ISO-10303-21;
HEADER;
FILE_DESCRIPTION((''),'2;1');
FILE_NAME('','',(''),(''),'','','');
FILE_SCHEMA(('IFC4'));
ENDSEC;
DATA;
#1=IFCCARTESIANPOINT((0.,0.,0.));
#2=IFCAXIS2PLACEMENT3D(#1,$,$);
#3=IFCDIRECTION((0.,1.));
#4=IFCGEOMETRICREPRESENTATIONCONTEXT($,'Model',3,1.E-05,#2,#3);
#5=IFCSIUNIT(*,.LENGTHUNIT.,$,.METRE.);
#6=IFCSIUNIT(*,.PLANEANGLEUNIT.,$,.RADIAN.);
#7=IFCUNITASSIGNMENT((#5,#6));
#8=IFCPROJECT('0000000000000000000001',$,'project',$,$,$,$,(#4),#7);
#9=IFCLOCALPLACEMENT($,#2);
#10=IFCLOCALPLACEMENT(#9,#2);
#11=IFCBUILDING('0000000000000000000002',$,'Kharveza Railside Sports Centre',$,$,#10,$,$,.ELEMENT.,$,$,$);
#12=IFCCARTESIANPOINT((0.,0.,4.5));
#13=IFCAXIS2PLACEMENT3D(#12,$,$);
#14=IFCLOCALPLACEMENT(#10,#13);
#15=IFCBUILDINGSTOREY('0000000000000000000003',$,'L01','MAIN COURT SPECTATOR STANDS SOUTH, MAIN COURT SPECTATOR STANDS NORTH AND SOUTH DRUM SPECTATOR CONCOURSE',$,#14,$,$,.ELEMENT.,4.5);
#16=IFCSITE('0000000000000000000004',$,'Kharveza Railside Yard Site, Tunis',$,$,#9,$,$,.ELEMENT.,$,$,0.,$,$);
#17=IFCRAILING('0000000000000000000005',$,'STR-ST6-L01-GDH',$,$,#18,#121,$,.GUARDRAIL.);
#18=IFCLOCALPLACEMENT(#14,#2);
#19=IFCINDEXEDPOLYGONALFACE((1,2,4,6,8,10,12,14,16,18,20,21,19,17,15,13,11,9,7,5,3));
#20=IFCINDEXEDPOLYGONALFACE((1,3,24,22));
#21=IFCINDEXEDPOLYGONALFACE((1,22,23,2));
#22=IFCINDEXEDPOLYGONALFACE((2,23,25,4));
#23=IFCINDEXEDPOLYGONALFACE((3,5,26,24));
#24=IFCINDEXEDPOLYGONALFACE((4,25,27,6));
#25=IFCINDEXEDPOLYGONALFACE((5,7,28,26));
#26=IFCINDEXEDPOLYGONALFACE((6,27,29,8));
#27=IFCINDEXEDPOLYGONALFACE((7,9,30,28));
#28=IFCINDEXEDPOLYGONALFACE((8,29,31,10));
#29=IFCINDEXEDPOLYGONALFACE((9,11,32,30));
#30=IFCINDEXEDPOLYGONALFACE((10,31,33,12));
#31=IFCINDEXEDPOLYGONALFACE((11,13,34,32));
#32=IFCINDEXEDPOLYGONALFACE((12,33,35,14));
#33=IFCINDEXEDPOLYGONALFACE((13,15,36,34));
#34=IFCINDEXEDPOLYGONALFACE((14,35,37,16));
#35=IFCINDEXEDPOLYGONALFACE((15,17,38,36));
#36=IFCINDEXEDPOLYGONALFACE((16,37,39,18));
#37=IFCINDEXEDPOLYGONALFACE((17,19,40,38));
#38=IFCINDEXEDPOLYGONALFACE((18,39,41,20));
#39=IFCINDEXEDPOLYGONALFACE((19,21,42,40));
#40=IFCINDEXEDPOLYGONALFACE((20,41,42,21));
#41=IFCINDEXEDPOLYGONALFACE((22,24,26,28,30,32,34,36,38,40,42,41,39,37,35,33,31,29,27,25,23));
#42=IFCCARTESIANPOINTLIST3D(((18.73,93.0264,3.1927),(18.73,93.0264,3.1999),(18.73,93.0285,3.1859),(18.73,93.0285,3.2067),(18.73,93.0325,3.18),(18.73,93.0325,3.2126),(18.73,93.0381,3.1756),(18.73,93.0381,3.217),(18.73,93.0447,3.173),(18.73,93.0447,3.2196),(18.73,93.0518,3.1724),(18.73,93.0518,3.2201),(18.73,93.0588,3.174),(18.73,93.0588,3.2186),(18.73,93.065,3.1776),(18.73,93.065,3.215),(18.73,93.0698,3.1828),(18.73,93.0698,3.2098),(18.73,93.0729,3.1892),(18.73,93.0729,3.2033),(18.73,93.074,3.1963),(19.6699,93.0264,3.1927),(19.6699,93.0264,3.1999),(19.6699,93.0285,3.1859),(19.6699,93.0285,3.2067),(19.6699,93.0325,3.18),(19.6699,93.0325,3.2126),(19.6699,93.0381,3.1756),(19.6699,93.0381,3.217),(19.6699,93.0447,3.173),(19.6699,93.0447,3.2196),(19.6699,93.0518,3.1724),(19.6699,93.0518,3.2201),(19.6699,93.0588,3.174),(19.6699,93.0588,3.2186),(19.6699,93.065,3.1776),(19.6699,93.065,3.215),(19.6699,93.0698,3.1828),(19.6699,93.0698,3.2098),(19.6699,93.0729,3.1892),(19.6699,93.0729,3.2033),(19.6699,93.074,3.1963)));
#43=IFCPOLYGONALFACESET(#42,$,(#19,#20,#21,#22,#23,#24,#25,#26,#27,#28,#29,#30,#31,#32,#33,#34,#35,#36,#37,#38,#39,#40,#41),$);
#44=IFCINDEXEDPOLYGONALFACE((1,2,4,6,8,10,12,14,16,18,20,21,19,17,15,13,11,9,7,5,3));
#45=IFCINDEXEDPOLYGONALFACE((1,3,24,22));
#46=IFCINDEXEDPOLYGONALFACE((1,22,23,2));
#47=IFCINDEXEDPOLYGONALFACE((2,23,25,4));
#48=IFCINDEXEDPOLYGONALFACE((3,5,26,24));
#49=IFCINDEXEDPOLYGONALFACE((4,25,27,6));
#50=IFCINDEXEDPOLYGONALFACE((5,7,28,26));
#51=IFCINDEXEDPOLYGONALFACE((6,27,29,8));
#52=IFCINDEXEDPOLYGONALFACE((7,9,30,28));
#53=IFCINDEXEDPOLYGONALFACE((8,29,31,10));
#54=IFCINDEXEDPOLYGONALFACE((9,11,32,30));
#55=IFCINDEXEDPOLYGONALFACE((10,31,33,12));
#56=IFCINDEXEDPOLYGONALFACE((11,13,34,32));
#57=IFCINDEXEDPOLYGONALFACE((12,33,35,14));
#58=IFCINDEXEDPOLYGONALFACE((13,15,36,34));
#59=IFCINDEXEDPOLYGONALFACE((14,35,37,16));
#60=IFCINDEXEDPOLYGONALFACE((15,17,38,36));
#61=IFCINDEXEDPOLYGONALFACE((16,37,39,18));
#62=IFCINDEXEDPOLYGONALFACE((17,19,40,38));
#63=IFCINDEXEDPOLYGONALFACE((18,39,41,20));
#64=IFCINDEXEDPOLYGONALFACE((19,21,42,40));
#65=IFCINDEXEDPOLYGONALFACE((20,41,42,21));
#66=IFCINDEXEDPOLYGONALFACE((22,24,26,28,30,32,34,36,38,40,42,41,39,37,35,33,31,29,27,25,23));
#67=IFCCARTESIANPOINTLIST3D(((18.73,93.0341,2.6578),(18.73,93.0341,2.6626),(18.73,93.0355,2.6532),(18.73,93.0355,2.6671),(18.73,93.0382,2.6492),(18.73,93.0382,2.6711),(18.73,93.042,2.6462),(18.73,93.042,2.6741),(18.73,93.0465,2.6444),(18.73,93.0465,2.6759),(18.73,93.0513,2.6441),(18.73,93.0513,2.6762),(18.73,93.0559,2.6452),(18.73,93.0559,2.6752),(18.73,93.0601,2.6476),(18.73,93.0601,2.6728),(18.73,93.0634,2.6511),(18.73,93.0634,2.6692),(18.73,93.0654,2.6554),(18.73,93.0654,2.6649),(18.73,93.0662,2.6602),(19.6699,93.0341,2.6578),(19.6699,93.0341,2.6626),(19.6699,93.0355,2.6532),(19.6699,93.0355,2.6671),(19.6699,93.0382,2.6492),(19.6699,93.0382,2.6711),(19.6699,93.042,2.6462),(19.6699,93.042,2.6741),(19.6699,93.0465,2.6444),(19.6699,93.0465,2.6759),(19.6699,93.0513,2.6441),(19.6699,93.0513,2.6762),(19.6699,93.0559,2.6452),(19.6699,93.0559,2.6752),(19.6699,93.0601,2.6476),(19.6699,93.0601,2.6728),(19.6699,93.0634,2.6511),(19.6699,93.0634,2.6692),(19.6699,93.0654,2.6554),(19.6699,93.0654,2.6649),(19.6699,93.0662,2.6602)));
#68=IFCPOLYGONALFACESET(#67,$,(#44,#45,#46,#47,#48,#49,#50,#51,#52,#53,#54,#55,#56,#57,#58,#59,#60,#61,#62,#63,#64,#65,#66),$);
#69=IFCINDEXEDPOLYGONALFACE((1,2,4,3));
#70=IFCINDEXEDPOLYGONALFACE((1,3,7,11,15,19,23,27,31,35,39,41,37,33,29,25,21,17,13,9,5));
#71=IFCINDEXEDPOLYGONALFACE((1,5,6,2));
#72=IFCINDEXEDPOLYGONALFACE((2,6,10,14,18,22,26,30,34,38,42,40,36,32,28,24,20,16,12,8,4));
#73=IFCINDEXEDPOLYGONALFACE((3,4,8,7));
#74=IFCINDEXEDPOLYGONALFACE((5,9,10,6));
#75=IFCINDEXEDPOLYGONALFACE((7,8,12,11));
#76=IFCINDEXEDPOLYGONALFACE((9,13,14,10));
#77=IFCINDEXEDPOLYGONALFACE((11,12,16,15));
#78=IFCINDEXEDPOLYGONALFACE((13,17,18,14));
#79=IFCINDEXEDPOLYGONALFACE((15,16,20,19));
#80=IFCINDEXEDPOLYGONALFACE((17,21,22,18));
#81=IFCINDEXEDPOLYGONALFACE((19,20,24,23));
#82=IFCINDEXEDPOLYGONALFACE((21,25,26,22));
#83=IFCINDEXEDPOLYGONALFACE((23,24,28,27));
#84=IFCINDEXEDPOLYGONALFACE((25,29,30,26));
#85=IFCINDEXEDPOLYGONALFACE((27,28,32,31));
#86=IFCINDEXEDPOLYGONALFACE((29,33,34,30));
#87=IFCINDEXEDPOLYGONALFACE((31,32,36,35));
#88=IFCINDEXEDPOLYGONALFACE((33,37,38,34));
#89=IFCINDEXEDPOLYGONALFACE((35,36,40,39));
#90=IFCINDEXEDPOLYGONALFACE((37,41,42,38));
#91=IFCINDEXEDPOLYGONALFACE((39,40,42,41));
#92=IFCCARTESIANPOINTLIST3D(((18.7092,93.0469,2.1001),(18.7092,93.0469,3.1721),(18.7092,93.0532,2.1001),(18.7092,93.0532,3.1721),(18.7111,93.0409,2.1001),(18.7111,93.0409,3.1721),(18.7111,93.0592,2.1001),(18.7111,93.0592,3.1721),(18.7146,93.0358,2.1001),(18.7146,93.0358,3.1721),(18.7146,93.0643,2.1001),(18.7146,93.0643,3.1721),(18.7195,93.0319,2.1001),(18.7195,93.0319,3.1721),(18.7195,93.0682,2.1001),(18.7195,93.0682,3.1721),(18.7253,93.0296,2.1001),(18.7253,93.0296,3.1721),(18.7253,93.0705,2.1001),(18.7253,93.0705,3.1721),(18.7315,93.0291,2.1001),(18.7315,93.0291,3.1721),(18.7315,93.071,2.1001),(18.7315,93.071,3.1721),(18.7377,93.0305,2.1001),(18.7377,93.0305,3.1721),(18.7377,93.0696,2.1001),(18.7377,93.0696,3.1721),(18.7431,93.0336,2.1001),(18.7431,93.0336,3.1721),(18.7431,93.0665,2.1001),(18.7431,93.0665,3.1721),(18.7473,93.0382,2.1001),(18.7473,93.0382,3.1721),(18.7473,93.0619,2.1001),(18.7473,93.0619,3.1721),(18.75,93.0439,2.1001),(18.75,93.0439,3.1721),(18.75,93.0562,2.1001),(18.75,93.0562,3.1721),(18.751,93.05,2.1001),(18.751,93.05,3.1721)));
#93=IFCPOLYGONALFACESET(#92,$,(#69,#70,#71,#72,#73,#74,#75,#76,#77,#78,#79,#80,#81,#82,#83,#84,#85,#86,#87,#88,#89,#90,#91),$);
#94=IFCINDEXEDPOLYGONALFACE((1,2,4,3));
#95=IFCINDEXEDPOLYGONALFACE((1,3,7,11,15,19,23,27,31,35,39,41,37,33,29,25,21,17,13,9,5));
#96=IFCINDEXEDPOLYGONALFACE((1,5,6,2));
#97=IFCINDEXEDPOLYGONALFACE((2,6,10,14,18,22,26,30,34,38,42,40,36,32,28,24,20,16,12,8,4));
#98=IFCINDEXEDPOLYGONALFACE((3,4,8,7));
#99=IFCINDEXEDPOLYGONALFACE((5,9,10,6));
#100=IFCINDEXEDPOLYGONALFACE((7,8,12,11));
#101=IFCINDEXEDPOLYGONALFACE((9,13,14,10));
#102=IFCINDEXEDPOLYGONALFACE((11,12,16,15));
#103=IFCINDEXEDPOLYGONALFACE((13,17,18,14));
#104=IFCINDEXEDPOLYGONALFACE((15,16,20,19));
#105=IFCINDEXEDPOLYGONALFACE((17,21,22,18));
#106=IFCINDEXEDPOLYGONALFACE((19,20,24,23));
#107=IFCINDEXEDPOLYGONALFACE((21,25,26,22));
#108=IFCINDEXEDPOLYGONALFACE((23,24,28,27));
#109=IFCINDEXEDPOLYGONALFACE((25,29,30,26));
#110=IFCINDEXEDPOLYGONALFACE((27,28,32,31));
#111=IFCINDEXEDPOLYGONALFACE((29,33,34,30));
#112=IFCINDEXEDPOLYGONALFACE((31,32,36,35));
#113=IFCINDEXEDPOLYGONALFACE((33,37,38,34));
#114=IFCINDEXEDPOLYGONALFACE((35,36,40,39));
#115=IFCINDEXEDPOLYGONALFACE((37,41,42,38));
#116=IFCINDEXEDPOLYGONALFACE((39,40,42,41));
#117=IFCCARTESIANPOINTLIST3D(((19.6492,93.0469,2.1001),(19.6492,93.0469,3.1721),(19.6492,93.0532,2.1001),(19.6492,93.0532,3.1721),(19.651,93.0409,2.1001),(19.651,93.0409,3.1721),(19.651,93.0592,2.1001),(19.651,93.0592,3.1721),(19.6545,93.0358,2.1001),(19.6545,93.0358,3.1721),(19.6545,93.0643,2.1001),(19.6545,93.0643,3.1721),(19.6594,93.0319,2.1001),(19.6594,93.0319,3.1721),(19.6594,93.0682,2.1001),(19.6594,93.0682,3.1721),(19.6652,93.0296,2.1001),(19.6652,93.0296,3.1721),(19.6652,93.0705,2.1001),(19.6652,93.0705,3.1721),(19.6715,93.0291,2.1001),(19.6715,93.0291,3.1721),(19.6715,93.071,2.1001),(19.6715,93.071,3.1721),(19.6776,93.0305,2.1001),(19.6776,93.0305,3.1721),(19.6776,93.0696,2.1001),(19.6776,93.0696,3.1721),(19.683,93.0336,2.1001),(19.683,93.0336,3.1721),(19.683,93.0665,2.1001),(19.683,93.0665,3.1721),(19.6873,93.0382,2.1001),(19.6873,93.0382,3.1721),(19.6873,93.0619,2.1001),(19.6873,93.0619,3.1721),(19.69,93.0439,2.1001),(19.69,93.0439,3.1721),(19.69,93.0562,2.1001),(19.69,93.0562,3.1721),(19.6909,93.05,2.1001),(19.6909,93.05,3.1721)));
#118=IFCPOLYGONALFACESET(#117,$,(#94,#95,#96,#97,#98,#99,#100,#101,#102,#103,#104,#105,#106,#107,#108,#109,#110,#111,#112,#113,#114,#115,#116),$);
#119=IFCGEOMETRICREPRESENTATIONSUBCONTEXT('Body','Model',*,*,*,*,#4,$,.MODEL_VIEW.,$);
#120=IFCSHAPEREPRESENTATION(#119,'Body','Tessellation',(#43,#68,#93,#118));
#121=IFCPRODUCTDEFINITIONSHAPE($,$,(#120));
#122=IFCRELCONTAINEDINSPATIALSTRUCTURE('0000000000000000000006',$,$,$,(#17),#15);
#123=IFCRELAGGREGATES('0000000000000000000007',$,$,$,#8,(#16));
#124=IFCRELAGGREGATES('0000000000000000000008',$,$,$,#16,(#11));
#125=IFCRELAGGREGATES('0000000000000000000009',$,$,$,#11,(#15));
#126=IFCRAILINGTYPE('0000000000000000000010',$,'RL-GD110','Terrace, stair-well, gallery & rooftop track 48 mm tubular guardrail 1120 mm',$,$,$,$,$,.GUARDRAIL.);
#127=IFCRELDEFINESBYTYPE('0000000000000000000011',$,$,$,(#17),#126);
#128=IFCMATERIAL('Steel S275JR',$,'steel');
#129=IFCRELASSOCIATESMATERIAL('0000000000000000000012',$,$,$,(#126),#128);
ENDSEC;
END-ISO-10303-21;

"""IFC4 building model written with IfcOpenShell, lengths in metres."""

from ifc_helpers import new_model, si_unit, direction, frame, origin, origin_2d, place, context, subcontext, project, spatial, circle, extrude, material, type_object, element, save


model = new_model("IFC4")

# Units and contexts
model_context = context("Model", 3, precision=1e-05, world=origin(), true_north=direction((0.0, 1.0)))
body_context = subcontext(model_context, "Body", "Model", "MODEL_VIEW")
ifc_project = project(units=[si_unit("LENGTHUNIT", "METRE"), si_unit("PLANEANGLEUNIT", "RADIAN")], contexts=[model_context])

# Site, building, storey
site_placement = place(None, origin())
site = spatial("IfcSite", under=ifc_project, at=site_placement, Name="Kharveza Railside Yard Site, Tunis", CompositionType="ELEMENT", RefElevation=0.0)
building_placement = place(site_placement, origin())
building = spatial("IfcBuilding", under=site, at=building_placement, Name="Kharveza Railside Sports Centre", CompositionType="ELEMENT")
storey_placement = place(building_placement, frame((0.0, 0.0, 4.5)))
storey = spatial("IfcBuildingStorey", under=building, at=storey_placement, Name="L01", Description="MAIN COURT SPECTATOR STANDS SOUTH, MAIN COURT SPECTATOR STANDS NORTH AND SOUTH DRUM SPECTATOR CONCOURSE", CompositionType="ELEMENT", Elevation=4.5)

# Railing
ifc_material_1 = material(Name="Steel S275JR", Category="steel")
railing_type_1 = type_object("IfcRailingType", Name="RL-GD110", Description="Terrace, stair-well, gallery & rooftop track 48 mm tubular guardrail 1120 mm", PredefinedType="GUARDRAIL", material=ifc_material_1)
railing_1_placement = place(storey_placement, frame((18.73, 93.05, 2.1001)))
element("IfcRailing", 1, at=railing_1_placement, inside=storey, type_object=railing_type_1, Name="STR-ST6-L01-GDH", PredefinedType="GUARDRAIL", context=body_context, shape_type="SweptSolid", body=[
    extrude(circle(Radius=0.0239, at=origin_2d()), frame((0.0, 0.0, 1.0962), z_axis=(1.0, 0.0, 0.0), x_axis=(0.0, 1.0, 0.0)), (0.0, 0.0, 1.0), 0.9399),
    extrude(circle(Radius=0.0161, at=origin_2d()), frame((0.0, 0.0, 0.5601), z_axis=(1.0, 0.0, 0.0), x_axis=(0.0, 1.0, 0.0)), (0.0, 0.0, 1.0), 0.9399),
    extrude(circle(Radius=0.021, at=origin_2d()), origin(), (0.0, 0.0, 1.0), 1.072),
    extrude(circle(Radius=0.021, at=origin_2d()), frame((0.9399, 0.0, 0.0)), (0.0, 0.0, 1.0), 1.072),
])

save(model, "model.ifc")
